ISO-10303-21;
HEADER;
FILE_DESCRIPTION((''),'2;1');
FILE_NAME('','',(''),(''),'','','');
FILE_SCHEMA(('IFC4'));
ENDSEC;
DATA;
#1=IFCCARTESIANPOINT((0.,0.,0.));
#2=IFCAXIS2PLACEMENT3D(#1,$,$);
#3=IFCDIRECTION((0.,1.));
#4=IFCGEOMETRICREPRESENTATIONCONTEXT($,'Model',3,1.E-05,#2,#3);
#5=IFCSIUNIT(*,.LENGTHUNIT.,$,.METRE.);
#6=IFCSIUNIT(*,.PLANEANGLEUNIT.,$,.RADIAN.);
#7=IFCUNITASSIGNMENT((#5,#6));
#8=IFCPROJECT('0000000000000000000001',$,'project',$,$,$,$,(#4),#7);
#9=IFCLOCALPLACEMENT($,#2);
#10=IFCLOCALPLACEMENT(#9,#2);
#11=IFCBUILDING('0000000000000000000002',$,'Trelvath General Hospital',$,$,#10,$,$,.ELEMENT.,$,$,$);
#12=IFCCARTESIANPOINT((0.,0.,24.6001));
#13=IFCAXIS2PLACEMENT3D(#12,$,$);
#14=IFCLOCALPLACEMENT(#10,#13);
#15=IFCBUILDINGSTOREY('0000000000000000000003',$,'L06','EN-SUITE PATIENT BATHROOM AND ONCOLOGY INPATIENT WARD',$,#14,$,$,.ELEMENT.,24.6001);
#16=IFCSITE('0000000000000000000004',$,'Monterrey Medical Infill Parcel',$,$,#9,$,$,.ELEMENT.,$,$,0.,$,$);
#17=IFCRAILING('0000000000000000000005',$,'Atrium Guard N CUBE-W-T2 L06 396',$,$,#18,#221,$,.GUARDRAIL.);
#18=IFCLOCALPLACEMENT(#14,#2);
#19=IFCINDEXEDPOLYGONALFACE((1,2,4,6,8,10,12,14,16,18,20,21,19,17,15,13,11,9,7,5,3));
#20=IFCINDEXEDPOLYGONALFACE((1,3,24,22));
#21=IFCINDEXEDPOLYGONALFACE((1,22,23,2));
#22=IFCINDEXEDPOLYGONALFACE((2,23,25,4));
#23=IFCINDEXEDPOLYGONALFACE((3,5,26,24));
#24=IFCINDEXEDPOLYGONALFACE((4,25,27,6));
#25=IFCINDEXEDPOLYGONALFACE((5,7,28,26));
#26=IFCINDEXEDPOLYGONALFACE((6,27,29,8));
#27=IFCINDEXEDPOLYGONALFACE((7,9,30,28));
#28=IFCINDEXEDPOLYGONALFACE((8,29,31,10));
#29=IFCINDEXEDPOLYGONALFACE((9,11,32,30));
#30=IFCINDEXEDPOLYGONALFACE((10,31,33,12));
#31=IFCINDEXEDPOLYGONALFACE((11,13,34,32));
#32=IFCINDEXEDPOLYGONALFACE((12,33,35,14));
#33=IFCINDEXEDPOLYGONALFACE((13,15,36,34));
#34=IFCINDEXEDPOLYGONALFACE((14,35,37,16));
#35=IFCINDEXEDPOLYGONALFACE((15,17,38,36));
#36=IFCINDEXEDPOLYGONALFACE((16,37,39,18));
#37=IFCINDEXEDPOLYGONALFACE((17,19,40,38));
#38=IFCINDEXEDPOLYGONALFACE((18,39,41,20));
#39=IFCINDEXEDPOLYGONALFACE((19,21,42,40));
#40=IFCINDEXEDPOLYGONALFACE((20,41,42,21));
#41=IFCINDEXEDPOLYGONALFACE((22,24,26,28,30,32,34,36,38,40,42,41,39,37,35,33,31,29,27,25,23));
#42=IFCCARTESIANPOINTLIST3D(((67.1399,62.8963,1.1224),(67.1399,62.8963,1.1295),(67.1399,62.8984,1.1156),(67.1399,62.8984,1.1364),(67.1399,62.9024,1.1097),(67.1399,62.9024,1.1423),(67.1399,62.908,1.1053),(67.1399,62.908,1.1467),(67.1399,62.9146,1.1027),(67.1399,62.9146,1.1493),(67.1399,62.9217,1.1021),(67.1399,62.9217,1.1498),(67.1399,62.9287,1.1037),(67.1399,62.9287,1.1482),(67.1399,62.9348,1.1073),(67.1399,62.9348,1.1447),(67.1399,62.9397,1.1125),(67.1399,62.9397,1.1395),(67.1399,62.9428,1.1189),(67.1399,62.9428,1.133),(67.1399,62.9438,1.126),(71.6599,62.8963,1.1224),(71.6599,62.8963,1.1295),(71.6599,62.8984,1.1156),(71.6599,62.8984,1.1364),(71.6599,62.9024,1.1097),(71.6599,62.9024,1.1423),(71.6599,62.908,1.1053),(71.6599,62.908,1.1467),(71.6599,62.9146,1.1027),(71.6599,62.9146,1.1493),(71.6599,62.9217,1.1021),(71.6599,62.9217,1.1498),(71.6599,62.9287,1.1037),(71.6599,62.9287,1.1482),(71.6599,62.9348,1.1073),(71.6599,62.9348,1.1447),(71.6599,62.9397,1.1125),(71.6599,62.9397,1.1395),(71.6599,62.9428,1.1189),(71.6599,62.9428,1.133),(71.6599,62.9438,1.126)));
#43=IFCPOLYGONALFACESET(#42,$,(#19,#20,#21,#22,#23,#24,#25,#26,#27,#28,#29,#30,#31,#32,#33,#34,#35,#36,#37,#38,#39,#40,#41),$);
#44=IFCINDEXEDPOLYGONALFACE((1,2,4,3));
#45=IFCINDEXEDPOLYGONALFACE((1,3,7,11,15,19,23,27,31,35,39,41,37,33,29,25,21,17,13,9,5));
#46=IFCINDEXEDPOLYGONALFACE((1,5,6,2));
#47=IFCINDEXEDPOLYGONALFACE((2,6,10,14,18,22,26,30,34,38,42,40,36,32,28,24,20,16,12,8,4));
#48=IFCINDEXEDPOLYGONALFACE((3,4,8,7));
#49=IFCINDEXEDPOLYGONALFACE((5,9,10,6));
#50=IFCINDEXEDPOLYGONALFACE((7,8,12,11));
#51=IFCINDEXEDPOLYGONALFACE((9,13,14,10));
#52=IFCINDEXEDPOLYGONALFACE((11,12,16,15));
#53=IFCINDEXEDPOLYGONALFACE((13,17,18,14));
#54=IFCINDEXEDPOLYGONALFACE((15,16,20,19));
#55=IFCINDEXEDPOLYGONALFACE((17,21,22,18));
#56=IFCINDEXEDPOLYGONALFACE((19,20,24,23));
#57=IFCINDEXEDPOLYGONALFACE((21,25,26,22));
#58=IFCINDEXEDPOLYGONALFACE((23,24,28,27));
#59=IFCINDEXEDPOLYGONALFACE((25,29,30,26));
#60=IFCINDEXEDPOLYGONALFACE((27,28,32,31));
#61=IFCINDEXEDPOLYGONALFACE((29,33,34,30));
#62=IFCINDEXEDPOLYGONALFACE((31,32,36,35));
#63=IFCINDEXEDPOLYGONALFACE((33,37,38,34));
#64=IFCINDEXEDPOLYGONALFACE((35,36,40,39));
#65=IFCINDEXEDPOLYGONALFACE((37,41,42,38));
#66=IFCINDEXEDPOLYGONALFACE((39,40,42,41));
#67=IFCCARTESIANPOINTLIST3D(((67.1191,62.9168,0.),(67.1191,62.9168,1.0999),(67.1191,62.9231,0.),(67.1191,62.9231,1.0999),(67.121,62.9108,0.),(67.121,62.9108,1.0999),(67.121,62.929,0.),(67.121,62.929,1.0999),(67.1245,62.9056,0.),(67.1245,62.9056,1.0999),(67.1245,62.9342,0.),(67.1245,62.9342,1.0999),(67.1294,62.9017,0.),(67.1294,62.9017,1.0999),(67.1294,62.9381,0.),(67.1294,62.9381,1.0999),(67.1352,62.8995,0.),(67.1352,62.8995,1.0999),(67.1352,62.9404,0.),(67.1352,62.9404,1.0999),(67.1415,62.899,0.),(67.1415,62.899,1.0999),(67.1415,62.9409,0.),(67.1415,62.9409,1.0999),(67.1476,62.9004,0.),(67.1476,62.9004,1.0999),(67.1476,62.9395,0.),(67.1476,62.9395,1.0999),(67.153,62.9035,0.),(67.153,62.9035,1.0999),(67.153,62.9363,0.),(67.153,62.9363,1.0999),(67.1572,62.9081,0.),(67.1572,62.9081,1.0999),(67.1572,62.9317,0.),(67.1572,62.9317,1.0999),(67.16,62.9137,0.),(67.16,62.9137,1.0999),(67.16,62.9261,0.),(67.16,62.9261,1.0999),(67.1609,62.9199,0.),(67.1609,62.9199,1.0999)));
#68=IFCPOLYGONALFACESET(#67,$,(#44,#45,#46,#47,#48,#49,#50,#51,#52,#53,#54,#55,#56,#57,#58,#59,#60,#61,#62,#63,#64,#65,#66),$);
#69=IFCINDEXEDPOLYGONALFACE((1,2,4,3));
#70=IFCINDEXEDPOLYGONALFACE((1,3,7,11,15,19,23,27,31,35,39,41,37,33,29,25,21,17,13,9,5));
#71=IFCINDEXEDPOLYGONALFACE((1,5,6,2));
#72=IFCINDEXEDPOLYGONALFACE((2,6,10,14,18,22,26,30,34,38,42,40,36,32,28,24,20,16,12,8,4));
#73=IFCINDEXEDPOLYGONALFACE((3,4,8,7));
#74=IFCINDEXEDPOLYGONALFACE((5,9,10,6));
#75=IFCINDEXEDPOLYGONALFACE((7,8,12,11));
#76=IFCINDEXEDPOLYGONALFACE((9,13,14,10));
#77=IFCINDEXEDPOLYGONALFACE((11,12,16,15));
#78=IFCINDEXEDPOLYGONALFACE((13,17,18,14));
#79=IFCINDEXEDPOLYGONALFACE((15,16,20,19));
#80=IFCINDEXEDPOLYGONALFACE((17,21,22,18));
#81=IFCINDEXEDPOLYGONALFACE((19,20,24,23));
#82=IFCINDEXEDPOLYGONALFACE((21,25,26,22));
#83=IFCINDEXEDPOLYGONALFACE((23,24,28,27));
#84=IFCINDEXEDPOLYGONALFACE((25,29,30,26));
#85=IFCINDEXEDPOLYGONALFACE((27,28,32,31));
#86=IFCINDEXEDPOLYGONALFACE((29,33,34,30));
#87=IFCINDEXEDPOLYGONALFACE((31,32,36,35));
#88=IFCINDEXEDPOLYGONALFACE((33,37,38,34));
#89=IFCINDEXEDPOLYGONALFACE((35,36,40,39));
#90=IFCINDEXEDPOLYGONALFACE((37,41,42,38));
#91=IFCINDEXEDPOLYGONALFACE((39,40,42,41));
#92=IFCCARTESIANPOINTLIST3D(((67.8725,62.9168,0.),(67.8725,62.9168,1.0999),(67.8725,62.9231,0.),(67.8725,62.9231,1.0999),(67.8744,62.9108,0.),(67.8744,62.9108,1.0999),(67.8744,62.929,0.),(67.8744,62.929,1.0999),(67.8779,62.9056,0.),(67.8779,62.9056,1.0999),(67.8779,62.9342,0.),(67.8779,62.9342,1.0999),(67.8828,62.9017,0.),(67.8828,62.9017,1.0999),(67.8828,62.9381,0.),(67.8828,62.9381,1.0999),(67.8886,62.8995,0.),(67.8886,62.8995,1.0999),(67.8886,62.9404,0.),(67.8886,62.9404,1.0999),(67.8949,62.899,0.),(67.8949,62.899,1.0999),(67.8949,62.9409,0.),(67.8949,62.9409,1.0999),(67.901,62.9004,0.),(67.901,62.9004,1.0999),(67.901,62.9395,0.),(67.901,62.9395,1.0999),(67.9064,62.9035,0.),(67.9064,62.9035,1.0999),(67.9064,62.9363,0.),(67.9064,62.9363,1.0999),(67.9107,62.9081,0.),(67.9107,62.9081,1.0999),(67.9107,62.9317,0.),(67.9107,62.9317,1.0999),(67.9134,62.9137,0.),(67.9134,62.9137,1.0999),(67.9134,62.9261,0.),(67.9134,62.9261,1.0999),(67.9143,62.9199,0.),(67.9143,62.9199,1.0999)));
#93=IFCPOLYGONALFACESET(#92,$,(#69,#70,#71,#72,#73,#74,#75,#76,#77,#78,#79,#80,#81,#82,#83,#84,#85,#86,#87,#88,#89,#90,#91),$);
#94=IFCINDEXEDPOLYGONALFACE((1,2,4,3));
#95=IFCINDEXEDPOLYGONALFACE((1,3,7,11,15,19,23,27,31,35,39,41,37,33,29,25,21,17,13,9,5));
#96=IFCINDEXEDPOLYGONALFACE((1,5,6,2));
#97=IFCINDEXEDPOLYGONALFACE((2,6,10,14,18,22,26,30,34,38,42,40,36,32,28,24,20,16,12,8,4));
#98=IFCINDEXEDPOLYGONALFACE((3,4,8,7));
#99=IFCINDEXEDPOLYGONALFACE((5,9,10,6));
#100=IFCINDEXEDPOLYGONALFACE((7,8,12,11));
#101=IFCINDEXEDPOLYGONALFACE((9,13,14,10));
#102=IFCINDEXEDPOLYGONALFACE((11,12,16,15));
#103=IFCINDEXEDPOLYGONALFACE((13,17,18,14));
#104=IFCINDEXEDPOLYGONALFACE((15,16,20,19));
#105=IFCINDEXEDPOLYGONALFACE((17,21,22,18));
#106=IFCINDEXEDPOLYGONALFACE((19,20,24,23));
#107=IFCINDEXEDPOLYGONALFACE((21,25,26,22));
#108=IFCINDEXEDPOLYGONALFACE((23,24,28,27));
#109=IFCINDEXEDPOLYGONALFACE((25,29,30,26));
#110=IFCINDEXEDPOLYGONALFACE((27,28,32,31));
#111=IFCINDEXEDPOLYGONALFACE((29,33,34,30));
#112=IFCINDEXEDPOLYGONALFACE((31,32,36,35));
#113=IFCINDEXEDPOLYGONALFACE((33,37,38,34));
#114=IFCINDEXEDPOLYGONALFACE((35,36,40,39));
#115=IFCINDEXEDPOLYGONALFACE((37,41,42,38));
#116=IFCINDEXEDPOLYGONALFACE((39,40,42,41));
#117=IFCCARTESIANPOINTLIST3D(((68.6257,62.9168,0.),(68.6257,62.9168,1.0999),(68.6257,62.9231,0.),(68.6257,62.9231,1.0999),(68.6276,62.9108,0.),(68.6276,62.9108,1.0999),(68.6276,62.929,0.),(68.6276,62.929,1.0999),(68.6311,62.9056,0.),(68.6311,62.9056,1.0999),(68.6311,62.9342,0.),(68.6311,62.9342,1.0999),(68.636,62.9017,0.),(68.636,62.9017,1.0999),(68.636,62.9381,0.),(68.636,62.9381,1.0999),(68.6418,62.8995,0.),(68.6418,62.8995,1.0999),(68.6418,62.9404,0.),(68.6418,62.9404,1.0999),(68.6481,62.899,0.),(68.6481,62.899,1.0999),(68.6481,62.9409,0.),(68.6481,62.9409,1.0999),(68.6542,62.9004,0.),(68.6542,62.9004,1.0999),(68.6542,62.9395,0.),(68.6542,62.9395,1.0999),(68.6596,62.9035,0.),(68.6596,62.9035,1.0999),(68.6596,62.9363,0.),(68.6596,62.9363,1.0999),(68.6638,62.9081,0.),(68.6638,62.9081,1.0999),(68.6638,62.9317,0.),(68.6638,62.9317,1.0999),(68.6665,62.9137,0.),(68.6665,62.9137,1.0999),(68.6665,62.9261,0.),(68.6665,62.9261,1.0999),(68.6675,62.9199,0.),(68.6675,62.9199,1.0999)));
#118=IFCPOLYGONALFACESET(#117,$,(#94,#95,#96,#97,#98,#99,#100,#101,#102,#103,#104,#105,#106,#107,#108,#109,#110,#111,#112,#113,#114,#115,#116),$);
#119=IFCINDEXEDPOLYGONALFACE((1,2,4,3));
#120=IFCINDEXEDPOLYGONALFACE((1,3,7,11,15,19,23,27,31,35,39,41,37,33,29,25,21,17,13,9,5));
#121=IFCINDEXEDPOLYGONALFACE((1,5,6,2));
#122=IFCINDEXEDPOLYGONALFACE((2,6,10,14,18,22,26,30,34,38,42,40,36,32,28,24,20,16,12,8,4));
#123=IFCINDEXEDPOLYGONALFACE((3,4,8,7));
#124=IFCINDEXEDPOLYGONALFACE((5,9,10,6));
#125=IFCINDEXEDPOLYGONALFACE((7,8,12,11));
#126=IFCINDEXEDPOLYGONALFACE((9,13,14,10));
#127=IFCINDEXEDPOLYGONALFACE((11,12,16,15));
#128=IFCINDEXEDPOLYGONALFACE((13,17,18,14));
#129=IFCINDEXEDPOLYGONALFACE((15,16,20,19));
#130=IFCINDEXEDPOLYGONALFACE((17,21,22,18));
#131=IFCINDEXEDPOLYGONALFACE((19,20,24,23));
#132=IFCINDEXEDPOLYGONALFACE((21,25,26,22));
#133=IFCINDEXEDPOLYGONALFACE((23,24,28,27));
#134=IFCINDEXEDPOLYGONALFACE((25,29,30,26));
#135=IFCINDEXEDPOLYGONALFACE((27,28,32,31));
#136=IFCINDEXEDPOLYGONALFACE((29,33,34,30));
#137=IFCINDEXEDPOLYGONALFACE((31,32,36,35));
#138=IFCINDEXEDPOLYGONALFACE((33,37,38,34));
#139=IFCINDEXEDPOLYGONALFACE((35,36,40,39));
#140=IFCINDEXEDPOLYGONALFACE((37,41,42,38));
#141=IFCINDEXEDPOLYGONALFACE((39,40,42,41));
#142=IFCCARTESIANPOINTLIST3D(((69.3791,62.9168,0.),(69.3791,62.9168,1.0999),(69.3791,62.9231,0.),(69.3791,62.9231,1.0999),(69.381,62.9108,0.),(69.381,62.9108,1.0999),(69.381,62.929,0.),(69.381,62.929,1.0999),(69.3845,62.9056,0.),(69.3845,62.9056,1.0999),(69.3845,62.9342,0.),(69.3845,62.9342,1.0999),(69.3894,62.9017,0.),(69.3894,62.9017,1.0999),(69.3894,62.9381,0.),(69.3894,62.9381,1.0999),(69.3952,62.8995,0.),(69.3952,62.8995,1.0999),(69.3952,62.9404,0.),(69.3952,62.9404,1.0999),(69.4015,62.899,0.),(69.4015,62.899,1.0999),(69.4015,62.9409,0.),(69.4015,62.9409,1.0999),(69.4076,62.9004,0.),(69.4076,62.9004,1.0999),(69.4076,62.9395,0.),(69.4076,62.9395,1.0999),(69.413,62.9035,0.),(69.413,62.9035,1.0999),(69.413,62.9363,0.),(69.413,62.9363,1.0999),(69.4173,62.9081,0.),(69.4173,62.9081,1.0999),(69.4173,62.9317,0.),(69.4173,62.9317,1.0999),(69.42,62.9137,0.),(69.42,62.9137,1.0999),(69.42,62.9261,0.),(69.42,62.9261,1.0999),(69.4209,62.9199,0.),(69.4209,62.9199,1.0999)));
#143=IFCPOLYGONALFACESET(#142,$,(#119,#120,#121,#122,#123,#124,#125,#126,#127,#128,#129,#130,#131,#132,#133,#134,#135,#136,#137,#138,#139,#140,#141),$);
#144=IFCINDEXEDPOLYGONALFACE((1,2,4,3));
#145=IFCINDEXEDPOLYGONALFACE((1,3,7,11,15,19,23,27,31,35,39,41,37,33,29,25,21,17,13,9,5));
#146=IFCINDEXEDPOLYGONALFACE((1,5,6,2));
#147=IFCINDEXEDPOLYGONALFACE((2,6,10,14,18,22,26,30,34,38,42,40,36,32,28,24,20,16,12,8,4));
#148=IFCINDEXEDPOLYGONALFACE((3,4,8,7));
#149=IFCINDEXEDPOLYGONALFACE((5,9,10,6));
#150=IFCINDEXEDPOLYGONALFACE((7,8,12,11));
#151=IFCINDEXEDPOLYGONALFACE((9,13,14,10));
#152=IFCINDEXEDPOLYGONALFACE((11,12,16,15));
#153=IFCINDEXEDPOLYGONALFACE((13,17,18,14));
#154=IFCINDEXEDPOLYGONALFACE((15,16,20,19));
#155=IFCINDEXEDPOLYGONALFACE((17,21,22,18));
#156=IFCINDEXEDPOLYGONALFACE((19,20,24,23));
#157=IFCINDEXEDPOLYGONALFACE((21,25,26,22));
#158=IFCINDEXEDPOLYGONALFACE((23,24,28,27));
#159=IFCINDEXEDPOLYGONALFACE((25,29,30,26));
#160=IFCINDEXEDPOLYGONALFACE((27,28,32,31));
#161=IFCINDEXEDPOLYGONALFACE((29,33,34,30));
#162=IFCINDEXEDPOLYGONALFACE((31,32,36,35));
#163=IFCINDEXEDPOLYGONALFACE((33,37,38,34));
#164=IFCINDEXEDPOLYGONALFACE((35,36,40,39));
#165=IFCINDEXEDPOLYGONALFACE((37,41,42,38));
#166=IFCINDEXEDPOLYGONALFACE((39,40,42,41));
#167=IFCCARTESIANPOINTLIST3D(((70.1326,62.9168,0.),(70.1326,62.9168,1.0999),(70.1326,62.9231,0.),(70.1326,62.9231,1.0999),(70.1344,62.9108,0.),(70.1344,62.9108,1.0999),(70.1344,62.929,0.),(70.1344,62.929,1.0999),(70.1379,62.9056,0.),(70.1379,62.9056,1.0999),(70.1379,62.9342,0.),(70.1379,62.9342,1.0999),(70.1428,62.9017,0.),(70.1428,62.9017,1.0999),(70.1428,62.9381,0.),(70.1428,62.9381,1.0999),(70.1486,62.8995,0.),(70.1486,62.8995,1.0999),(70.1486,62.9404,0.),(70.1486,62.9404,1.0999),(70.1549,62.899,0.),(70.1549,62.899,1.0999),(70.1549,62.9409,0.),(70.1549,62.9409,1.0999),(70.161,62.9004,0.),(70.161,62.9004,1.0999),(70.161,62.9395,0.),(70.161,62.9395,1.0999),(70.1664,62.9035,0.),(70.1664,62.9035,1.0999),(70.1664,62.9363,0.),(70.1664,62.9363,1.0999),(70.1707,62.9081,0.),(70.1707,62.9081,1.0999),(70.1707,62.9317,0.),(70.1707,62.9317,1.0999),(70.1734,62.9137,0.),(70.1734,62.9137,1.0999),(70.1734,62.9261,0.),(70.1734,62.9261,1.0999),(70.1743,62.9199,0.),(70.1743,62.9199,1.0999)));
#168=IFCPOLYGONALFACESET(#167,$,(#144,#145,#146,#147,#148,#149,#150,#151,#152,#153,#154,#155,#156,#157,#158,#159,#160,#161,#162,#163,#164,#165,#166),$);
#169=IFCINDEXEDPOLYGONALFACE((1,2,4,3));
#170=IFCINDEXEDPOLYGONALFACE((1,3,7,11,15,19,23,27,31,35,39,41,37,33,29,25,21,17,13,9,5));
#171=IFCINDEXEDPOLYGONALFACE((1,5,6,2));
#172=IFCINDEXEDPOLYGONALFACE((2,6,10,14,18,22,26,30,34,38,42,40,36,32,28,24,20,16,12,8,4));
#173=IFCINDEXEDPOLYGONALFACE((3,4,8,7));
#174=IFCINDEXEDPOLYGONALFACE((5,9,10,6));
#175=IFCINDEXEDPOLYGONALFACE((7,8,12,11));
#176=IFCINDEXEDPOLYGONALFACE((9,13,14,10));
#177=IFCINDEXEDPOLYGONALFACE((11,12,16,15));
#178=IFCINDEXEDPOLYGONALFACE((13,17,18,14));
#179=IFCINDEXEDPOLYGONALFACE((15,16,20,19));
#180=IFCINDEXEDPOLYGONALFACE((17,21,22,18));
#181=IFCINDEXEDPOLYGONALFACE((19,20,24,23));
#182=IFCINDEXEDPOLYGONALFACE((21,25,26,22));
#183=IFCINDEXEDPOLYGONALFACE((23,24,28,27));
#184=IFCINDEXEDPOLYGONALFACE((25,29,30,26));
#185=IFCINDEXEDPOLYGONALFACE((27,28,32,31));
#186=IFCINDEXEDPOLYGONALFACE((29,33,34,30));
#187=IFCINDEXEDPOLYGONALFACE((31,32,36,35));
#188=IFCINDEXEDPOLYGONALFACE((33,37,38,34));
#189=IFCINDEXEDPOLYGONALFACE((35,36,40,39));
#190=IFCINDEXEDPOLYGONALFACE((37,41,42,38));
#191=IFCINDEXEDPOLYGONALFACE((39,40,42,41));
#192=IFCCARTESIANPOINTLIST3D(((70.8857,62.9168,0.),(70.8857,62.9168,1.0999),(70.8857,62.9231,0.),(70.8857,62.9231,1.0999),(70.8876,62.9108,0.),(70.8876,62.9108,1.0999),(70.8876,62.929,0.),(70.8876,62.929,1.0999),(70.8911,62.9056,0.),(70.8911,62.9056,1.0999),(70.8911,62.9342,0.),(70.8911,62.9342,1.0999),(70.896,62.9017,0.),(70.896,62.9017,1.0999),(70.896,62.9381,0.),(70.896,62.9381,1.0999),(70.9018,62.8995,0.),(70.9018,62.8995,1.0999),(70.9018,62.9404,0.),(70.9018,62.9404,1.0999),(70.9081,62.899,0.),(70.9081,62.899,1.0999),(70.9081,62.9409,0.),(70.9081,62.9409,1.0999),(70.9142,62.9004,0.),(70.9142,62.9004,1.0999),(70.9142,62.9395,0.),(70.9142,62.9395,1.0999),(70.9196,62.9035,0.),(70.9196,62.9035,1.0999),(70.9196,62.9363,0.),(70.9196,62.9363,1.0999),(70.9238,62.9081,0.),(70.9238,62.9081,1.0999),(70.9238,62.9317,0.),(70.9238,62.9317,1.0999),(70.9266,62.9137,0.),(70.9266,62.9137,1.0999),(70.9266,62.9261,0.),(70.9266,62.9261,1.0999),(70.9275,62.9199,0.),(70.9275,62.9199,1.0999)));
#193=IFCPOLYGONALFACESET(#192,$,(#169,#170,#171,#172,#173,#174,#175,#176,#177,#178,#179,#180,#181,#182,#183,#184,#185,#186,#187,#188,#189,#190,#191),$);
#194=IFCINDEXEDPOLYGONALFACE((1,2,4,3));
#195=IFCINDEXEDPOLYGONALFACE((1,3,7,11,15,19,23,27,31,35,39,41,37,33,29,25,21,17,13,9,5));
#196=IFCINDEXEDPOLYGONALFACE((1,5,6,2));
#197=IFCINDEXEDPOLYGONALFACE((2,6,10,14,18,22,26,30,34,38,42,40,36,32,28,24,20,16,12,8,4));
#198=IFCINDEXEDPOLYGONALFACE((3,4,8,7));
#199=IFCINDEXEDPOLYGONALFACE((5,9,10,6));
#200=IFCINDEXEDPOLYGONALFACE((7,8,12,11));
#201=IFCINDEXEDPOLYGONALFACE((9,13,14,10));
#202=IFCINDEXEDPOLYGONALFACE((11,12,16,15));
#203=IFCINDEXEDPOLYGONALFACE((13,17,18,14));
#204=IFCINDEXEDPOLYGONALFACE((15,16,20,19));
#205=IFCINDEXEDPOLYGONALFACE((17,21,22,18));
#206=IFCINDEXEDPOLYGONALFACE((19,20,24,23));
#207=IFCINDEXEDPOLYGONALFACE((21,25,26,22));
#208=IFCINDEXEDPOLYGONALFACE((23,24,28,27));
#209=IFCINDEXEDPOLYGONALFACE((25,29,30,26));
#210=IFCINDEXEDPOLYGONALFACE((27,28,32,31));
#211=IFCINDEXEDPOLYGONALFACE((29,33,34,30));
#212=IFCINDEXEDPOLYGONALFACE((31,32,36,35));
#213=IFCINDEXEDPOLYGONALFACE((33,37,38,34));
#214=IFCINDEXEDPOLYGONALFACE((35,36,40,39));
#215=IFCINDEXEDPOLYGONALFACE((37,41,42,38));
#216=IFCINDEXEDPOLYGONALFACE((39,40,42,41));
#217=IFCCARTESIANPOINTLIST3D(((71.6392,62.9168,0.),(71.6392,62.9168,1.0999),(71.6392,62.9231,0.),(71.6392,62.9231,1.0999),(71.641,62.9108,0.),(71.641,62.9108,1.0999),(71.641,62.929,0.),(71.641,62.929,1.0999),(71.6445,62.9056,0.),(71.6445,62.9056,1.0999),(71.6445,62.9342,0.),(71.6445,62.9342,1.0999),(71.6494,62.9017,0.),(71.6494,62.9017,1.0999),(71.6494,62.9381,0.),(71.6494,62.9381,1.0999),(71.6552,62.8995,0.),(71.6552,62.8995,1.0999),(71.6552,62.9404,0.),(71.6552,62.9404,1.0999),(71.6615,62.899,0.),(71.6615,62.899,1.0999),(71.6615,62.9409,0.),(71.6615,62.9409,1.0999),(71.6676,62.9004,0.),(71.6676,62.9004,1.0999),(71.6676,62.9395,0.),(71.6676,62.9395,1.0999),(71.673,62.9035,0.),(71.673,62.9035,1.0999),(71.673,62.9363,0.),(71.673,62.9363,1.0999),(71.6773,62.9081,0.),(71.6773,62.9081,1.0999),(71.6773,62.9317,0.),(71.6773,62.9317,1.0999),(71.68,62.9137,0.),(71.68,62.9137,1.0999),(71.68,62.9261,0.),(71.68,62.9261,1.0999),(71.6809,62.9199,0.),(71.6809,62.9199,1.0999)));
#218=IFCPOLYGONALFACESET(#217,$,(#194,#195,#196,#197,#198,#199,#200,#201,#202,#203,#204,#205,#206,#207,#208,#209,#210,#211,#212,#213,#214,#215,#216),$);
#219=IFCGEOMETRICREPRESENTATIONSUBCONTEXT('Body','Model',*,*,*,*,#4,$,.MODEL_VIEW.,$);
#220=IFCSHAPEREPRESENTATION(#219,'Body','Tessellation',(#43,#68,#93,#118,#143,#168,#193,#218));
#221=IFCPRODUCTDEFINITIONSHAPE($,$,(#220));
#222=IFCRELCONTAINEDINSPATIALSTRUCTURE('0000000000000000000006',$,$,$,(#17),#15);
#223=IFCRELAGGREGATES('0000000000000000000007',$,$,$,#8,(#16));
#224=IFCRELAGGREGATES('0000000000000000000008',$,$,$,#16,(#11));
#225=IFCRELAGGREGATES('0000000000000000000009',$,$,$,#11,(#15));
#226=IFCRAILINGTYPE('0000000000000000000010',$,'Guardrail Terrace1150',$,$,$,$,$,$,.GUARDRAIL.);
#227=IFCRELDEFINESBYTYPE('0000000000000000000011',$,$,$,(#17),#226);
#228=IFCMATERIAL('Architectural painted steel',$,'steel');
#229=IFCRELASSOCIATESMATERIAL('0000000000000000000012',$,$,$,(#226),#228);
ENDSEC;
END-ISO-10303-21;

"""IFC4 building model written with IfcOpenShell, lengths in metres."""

from ifc_helpers import new_model, si_unit, direction, frame, origin, origin_2d, place, context, subcontext, project, spatial, circle, extrude, material, type_object, element, save


model = new_model("IFC4")

# Units and contexts
model_context = context("Model", 3, precision=1e-05, world=origin(), true_north=direction((0.0, 1.0)))
body_context = subcontext(model_context, "Body", "Model", "MODEL_VIEW")
ifc_project = project(units=[si_unit("LENGTHUNIT", "METRE"), si_unit("PLANEANGLEUNIT", "RADIAN")], contexts=[model_context])

# Site, building, storey
site_placement = place(None, origin())
site = spatial("IfcSite", under=ifc_project, at=site_placement, Name="Monterrey Medical Infill Parcel", CompositionType="ELEMENT", RefElevation=0.0)
building_placement = place(site_placement, origin())
building = spatial("IfcBuilding", under=site, at=building_placement, Name="Trelvath General Hospital", CompositionType="ELEMENT")
storey_placement = place(building_placement, frame((0.0, 0.0, 24.6001)))
storey = spatial("IfcBuildingStorey", under=building, at=storey_placement, Name="L06", Description="EN-SUITE PATIENT BATHROOM AND ONCOLOGY INPATIENT WARD", CompositionType="ELEMENT", Elevation=24.6001)

# Railing
ifc_material_1 = material(Name="Architectural painted steel", Category="steel")
railing_type = type_object("IfcRailingType", Name="Guardrail Terrace1150", PredefinedType="GUARDRAIL", material=ifc_material_1)
railing_placement = place(storey_placement, frame((67.1399, 62.9199, 0.0)))
element("IfcRailing", 1, at=railing_placement, inside=storey, type_object=railing_type, Name="Atrium Guard N CUBE-W-T2 L06 396", PredefinedType="GUARDRAIL", context=body_context, shape_type="SweptSolid", body=[
    extrude(circle(Radius=0.0239, at=origin_2d()), frame((0.0, 0.0, 1.126), z_axis=(1.0, 0.0, 0.0), x_axis=(0.0, 1.0, 0.0)), (0.0, 0.0, 1.0), 4.52),
    extrude(circle(Radius=0.021, at=origin_2d()), origin(), (0.0, 0.0, 1.0), 1.0999),
    extrude(circle(Radius=0.021, at=origin_2d()), frame((0.7534, 0.0, 0.0)), (0.0, 0.0, 1.0), 1.0999),
    extrude(circle(Radius=0.021, at=origin_2d()), frame((1.5066, 0.0, 0.0)), (0.0, 0.0, 1.0), 1.0999),
    extrude(circle(Radius=0.021, at=origin_2d()), frame((2.26, 0.0, 0.0)), (0.0, 0.0, 1.0), 1.0999),
    extrude(circle(Radius=0.021, at=origin_2d()), frame((3.0134, 0.0, 0.0)), (0.0, 0.0, 1.0), 1.0999),
    extrude(circle(Radius=0.021, at=origin_2d()), frame((3.7666, 0.0, 0.0)), (0.0, 0.0, 1.0), 1.0999),
    extrude(circle(Radius=0.021, at=origin_2d()), frame((4.52, 0.0, 0.0)), (0.0, 0.0, 1.0), 1.0999),
])

save(model, "model.ifc")
